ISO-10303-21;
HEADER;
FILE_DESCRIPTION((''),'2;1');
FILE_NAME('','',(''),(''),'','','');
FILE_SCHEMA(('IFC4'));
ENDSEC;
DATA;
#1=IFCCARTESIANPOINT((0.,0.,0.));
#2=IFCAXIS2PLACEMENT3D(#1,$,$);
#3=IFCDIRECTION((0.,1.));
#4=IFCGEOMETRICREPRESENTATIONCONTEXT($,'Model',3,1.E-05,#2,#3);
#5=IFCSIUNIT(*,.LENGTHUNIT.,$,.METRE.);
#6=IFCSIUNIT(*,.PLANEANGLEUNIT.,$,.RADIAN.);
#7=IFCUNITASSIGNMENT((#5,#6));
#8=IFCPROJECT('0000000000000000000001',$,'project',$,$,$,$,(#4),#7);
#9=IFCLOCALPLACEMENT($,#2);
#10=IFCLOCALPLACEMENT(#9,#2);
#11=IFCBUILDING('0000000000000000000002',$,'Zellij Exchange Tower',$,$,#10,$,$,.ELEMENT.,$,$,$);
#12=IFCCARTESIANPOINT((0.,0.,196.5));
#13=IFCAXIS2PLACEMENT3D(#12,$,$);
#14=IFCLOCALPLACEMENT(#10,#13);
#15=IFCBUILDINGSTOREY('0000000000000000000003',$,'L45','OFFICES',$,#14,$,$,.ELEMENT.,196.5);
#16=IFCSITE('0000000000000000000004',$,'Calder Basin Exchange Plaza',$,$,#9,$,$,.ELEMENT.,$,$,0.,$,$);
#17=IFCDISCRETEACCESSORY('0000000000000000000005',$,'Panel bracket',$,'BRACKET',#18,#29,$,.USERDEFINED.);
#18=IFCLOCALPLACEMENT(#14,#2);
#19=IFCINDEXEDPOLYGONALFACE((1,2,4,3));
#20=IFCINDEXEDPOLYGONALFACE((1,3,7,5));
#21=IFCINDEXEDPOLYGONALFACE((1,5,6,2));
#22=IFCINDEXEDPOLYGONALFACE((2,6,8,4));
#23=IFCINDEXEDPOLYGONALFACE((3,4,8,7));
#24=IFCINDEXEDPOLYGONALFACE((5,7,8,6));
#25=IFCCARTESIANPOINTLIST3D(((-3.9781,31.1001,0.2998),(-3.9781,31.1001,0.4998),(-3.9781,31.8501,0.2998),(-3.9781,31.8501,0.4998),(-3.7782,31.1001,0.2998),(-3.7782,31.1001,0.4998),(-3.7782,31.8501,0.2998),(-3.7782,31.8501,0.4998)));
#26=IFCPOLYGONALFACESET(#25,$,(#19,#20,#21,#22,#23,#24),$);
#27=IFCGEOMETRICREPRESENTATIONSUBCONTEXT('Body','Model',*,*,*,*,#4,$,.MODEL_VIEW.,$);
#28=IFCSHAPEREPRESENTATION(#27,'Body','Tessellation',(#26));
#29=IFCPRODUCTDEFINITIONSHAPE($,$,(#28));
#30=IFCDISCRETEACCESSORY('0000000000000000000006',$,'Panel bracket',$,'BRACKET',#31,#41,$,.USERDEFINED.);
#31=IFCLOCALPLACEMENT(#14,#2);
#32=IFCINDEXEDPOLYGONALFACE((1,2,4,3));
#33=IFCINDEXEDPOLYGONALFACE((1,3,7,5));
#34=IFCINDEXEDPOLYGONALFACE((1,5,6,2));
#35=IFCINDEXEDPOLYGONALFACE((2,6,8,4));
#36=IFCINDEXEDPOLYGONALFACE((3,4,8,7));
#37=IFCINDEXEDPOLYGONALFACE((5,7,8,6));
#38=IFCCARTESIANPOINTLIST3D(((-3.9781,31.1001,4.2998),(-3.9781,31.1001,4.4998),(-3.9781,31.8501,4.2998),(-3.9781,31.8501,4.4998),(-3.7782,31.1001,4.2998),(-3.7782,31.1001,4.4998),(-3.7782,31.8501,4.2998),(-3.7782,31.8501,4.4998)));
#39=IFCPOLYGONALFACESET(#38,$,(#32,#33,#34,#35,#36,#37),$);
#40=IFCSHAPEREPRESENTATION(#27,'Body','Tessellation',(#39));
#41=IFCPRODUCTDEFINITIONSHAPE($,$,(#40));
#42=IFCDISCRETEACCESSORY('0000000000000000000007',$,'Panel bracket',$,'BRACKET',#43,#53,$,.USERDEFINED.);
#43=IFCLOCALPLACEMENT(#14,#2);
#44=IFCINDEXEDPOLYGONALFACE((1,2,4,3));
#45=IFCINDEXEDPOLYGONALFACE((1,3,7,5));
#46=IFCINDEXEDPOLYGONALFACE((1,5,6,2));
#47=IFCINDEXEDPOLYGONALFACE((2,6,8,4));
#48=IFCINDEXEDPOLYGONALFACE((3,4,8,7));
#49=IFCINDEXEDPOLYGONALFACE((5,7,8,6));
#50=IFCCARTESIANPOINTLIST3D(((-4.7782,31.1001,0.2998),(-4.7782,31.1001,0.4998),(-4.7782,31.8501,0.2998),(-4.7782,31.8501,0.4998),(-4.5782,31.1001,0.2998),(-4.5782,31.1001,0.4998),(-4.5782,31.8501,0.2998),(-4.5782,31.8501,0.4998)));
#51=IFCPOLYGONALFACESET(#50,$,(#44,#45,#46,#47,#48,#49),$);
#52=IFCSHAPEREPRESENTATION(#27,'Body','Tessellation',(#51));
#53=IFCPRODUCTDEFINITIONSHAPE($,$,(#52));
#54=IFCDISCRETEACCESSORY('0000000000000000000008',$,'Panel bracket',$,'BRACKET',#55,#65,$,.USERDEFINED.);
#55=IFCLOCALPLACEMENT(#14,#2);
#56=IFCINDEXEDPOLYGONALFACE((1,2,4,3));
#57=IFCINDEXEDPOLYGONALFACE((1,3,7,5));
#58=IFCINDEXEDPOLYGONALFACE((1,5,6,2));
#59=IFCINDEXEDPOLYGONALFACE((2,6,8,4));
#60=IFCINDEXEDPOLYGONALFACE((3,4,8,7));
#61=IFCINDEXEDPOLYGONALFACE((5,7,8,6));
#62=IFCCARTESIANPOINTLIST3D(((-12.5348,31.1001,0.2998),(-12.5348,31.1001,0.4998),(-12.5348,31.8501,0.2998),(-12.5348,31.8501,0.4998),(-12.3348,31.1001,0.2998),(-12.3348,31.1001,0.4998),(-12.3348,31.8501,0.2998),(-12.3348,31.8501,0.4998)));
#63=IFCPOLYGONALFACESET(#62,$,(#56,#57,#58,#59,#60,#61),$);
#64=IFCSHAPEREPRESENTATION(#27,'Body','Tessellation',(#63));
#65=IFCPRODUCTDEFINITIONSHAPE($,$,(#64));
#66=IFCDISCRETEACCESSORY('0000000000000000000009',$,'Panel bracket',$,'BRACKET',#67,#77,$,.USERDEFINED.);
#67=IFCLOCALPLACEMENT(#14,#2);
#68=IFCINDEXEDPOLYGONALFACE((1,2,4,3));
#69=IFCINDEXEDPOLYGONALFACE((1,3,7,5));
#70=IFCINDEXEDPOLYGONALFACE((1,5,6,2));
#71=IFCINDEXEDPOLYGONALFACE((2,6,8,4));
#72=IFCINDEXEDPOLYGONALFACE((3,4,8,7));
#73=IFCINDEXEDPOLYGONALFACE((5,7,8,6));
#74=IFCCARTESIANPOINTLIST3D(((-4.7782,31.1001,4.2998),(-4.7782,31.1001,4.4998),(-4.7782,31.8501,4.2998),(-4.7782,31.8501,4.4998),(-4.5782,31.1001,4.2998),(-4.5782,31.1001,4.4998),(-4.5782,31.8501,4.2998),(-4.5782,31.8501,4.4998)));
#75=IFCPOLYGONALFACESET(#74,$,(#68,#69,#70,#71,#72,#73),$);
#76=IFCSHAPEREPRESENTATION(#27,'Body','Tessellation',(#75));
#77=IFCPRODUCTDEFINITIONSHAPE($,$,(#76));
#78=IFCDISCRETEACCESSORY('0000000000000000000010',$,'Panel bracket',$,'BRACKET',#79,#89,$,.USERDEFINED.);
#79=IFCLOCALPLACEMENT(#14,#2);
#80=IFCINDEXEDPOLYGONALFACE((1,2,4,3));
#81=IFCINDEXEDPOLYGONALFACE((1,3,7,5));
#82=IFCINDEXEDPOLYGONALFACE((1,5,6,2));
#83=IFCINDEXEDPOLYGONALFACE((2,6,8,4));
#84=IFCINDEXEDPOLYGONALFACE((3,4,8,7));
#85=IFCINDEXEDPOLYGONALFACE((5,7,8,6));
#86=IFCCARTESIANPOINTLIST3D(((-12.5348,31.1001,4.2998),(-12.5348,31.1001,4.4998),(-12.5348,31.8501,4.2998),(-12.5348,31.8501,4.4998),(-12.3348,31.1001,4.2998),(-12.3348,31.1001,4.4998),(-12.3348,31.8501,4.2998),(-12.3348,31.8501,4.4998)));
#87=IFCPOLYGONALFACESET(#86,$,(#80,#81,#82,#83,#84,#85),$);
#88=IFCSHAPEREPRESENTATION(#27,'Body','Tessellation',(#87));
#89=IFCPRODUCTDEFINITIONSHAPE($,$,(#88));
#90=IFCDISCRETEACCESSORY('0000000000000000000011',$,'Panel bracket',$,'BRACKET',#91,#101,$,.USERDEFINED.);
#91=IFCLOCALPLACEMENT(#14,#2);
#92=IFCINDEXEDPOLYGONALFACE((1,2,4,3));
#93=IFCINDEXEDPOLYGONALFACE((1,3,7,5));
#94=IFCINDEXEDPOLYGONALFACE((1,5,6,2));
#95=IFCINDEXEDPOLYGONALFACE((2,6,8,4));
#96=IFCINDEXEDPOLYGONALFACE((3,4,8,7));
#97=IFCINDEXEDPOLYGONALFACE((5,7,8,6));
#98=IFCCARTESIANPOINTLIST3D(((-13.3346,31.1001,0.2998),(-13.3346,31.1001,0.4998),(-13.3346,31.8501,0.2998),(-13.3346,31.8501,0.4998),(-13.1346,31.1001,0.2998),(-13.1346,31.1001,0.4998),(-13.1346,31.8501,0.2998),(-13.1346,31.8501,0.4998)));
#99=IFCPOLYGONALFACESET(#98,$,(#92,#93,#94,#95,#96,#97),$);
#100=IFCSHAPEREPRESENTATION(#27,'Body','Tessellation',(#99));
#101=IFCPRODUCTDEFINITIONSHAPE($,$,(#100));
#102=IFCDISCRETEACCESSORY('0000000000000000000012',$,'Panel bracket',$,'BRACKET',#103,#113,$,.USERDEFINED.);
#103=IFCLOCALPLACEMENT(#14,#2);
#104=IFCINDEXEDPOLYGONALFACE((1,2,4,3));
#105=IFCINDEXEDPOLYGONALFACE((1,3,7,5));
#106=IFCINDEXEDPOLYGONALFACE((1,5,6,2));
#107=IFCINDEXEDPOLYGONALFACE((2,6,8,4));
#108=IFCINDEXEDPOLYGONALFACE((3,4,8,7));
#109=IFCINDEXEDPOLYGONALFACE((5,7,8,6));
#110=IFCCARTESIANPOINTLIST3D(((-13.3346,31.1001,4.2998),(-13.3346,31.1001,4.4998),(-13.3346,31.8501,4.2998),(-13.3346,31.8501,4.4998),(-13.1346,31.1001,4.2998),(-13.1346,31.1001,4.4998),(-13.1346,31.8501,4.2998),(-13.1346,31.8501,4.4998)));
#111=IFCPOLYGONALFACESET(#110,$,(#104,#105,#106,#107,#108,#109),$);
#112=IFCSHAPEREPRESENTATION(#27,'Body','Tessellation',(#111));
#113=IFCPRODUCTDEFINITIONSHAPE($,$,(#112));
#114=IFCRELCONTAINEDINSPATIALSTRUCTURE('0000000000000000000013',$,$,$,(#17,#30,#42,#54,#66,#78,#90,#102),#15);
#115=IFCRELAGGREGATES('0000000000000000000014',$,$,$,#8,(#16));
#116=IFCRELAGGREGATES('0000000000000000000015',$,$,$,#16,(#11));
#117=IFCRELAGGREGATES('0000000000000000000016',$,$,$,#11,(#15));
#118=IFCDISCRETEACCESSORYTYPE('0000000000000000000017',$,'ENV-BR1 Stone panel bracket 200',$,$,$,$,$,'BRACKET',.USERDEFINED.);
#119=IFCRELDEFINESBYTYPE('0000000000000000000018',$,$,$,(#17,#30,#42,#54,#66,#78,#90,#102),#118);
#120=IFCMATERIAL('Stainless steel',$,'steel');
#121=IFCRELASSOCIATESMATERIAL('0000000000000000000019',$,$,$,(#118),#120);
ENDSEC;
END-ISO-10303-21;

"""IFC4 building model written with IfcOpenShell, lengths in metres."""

from ifc_helpers import new_model, si_unit, direction, frame, origin, origin_2d, place, context, subcontext, project, spatial, rectangle, extrude, material, type_object, element, save


model = new_model("IFC4")

# Units and contexts
model_context = context("Model", 3, precision=1e-05, world=origin(), true_north=direction((0.0, 1.0)))
body_context = subcontext(model_context, "Body", "Model", "MODEL_VIEW")
ifc_project = project(units=[si_unit("LENGTHUNIT", "METRE"), si_unit("PLANEANGLEUNIT", "RADIAN")], contexts=[model_context])

# Site, building, storey
site_placement = place(None, origin())
site = spatial("IfcSite", under=ifc_project, at=site_placement, Name="Calder Basin Exchange Plaza", CompositionType="ELEMENT", RefElevation=0.0)
building_placement = place(site_placement, origin())
building = spatial("IfcBuilding", under=site, at=building_placement, Name="Zellij Exchange Tower", CompositionType="ELEMENT")
storey_placement = place(building_placement, frame((0.0, 0.0, 196.5)))
storey = spatial("IfcBuildingStorey", under=building, at=storey_placement, Name="L45", Description="OFFICES", CompositionType="ELEMENT", Elevation=196.5)

# Discrete accessories
ifc_material_1 = material(Name="Stainless steel", Category="steel")
discrete_accessory_type = type_object("IfcDiscreteAccessoryType", Name="ENV-BR1 Stone panel bracket 200", ElementType="BRACKET", PredefinedType="USERDEFINED", material=ifc_material_1)
for number, where, z_axis, x_axis, name in (
    (1, (-3.8782, 31.4751, 0.2998), (0.0, 0.0, 1.0), (-1.0, 0.0, 0.0), "Panel bracket"),
    (2, (-3.8782, 31.4751, 4.2998), (0.0, 0.0, 1.0), (-1.0, 0.0, 0.0), "Panel bracket"),
    (3, (-4.6782, 31.4751, 0.2998), (0.0, 0.0, 1.0), (-1.0, 0.0, 0.0), "Panel bracket"),
    (4, (-12.4348, 31.4751, 0.2998), (0.0, 0.0, 1.0), (-1.0, 0.0, 0.0), "Panel bracket"),
    (5, (-4.6782, 31.4751, 4.2998), (0.0, 0.0, 1.0), (-1.0, 0.0, 0.0), "Panel bracket"),
    (6, (-12.4348, 31.4751, 4.2998), (0.0, 0.0, 1.0), (-1.0, 0.0, 0.0), "Panel bracket"),
    (7, (-13.2346, 31.4751, 0.2998), (0.0, 0.0, 1.0), (-1.0, 0.0, 0.0), "Panel bracket"),
    (8, (-13.2346, 31.4751, 4.2998), (0.0, 0.0, 1.0), (-1.0, 0.0, 0.0), "Panel bracket"),
):
    element("IfcDiscreteAccessory", number, at=place(storey_placement, frame(where, z_axis=z_axis, x_axis=x_axis)), inside=storey, type_object=discrete_accessory_type, Name=name, ObjectType="BRACKET", PredefinedType="USERDEFINED", context=body_context, shape_type="SweptSolid", body=[
        extrude(rectangle(XDim=0.2, YDim=0.75, at=origin_2d()), origin(), (0.0, 0.0, 1.0), 0.2),
    ])

save(model, "model.ifc")
